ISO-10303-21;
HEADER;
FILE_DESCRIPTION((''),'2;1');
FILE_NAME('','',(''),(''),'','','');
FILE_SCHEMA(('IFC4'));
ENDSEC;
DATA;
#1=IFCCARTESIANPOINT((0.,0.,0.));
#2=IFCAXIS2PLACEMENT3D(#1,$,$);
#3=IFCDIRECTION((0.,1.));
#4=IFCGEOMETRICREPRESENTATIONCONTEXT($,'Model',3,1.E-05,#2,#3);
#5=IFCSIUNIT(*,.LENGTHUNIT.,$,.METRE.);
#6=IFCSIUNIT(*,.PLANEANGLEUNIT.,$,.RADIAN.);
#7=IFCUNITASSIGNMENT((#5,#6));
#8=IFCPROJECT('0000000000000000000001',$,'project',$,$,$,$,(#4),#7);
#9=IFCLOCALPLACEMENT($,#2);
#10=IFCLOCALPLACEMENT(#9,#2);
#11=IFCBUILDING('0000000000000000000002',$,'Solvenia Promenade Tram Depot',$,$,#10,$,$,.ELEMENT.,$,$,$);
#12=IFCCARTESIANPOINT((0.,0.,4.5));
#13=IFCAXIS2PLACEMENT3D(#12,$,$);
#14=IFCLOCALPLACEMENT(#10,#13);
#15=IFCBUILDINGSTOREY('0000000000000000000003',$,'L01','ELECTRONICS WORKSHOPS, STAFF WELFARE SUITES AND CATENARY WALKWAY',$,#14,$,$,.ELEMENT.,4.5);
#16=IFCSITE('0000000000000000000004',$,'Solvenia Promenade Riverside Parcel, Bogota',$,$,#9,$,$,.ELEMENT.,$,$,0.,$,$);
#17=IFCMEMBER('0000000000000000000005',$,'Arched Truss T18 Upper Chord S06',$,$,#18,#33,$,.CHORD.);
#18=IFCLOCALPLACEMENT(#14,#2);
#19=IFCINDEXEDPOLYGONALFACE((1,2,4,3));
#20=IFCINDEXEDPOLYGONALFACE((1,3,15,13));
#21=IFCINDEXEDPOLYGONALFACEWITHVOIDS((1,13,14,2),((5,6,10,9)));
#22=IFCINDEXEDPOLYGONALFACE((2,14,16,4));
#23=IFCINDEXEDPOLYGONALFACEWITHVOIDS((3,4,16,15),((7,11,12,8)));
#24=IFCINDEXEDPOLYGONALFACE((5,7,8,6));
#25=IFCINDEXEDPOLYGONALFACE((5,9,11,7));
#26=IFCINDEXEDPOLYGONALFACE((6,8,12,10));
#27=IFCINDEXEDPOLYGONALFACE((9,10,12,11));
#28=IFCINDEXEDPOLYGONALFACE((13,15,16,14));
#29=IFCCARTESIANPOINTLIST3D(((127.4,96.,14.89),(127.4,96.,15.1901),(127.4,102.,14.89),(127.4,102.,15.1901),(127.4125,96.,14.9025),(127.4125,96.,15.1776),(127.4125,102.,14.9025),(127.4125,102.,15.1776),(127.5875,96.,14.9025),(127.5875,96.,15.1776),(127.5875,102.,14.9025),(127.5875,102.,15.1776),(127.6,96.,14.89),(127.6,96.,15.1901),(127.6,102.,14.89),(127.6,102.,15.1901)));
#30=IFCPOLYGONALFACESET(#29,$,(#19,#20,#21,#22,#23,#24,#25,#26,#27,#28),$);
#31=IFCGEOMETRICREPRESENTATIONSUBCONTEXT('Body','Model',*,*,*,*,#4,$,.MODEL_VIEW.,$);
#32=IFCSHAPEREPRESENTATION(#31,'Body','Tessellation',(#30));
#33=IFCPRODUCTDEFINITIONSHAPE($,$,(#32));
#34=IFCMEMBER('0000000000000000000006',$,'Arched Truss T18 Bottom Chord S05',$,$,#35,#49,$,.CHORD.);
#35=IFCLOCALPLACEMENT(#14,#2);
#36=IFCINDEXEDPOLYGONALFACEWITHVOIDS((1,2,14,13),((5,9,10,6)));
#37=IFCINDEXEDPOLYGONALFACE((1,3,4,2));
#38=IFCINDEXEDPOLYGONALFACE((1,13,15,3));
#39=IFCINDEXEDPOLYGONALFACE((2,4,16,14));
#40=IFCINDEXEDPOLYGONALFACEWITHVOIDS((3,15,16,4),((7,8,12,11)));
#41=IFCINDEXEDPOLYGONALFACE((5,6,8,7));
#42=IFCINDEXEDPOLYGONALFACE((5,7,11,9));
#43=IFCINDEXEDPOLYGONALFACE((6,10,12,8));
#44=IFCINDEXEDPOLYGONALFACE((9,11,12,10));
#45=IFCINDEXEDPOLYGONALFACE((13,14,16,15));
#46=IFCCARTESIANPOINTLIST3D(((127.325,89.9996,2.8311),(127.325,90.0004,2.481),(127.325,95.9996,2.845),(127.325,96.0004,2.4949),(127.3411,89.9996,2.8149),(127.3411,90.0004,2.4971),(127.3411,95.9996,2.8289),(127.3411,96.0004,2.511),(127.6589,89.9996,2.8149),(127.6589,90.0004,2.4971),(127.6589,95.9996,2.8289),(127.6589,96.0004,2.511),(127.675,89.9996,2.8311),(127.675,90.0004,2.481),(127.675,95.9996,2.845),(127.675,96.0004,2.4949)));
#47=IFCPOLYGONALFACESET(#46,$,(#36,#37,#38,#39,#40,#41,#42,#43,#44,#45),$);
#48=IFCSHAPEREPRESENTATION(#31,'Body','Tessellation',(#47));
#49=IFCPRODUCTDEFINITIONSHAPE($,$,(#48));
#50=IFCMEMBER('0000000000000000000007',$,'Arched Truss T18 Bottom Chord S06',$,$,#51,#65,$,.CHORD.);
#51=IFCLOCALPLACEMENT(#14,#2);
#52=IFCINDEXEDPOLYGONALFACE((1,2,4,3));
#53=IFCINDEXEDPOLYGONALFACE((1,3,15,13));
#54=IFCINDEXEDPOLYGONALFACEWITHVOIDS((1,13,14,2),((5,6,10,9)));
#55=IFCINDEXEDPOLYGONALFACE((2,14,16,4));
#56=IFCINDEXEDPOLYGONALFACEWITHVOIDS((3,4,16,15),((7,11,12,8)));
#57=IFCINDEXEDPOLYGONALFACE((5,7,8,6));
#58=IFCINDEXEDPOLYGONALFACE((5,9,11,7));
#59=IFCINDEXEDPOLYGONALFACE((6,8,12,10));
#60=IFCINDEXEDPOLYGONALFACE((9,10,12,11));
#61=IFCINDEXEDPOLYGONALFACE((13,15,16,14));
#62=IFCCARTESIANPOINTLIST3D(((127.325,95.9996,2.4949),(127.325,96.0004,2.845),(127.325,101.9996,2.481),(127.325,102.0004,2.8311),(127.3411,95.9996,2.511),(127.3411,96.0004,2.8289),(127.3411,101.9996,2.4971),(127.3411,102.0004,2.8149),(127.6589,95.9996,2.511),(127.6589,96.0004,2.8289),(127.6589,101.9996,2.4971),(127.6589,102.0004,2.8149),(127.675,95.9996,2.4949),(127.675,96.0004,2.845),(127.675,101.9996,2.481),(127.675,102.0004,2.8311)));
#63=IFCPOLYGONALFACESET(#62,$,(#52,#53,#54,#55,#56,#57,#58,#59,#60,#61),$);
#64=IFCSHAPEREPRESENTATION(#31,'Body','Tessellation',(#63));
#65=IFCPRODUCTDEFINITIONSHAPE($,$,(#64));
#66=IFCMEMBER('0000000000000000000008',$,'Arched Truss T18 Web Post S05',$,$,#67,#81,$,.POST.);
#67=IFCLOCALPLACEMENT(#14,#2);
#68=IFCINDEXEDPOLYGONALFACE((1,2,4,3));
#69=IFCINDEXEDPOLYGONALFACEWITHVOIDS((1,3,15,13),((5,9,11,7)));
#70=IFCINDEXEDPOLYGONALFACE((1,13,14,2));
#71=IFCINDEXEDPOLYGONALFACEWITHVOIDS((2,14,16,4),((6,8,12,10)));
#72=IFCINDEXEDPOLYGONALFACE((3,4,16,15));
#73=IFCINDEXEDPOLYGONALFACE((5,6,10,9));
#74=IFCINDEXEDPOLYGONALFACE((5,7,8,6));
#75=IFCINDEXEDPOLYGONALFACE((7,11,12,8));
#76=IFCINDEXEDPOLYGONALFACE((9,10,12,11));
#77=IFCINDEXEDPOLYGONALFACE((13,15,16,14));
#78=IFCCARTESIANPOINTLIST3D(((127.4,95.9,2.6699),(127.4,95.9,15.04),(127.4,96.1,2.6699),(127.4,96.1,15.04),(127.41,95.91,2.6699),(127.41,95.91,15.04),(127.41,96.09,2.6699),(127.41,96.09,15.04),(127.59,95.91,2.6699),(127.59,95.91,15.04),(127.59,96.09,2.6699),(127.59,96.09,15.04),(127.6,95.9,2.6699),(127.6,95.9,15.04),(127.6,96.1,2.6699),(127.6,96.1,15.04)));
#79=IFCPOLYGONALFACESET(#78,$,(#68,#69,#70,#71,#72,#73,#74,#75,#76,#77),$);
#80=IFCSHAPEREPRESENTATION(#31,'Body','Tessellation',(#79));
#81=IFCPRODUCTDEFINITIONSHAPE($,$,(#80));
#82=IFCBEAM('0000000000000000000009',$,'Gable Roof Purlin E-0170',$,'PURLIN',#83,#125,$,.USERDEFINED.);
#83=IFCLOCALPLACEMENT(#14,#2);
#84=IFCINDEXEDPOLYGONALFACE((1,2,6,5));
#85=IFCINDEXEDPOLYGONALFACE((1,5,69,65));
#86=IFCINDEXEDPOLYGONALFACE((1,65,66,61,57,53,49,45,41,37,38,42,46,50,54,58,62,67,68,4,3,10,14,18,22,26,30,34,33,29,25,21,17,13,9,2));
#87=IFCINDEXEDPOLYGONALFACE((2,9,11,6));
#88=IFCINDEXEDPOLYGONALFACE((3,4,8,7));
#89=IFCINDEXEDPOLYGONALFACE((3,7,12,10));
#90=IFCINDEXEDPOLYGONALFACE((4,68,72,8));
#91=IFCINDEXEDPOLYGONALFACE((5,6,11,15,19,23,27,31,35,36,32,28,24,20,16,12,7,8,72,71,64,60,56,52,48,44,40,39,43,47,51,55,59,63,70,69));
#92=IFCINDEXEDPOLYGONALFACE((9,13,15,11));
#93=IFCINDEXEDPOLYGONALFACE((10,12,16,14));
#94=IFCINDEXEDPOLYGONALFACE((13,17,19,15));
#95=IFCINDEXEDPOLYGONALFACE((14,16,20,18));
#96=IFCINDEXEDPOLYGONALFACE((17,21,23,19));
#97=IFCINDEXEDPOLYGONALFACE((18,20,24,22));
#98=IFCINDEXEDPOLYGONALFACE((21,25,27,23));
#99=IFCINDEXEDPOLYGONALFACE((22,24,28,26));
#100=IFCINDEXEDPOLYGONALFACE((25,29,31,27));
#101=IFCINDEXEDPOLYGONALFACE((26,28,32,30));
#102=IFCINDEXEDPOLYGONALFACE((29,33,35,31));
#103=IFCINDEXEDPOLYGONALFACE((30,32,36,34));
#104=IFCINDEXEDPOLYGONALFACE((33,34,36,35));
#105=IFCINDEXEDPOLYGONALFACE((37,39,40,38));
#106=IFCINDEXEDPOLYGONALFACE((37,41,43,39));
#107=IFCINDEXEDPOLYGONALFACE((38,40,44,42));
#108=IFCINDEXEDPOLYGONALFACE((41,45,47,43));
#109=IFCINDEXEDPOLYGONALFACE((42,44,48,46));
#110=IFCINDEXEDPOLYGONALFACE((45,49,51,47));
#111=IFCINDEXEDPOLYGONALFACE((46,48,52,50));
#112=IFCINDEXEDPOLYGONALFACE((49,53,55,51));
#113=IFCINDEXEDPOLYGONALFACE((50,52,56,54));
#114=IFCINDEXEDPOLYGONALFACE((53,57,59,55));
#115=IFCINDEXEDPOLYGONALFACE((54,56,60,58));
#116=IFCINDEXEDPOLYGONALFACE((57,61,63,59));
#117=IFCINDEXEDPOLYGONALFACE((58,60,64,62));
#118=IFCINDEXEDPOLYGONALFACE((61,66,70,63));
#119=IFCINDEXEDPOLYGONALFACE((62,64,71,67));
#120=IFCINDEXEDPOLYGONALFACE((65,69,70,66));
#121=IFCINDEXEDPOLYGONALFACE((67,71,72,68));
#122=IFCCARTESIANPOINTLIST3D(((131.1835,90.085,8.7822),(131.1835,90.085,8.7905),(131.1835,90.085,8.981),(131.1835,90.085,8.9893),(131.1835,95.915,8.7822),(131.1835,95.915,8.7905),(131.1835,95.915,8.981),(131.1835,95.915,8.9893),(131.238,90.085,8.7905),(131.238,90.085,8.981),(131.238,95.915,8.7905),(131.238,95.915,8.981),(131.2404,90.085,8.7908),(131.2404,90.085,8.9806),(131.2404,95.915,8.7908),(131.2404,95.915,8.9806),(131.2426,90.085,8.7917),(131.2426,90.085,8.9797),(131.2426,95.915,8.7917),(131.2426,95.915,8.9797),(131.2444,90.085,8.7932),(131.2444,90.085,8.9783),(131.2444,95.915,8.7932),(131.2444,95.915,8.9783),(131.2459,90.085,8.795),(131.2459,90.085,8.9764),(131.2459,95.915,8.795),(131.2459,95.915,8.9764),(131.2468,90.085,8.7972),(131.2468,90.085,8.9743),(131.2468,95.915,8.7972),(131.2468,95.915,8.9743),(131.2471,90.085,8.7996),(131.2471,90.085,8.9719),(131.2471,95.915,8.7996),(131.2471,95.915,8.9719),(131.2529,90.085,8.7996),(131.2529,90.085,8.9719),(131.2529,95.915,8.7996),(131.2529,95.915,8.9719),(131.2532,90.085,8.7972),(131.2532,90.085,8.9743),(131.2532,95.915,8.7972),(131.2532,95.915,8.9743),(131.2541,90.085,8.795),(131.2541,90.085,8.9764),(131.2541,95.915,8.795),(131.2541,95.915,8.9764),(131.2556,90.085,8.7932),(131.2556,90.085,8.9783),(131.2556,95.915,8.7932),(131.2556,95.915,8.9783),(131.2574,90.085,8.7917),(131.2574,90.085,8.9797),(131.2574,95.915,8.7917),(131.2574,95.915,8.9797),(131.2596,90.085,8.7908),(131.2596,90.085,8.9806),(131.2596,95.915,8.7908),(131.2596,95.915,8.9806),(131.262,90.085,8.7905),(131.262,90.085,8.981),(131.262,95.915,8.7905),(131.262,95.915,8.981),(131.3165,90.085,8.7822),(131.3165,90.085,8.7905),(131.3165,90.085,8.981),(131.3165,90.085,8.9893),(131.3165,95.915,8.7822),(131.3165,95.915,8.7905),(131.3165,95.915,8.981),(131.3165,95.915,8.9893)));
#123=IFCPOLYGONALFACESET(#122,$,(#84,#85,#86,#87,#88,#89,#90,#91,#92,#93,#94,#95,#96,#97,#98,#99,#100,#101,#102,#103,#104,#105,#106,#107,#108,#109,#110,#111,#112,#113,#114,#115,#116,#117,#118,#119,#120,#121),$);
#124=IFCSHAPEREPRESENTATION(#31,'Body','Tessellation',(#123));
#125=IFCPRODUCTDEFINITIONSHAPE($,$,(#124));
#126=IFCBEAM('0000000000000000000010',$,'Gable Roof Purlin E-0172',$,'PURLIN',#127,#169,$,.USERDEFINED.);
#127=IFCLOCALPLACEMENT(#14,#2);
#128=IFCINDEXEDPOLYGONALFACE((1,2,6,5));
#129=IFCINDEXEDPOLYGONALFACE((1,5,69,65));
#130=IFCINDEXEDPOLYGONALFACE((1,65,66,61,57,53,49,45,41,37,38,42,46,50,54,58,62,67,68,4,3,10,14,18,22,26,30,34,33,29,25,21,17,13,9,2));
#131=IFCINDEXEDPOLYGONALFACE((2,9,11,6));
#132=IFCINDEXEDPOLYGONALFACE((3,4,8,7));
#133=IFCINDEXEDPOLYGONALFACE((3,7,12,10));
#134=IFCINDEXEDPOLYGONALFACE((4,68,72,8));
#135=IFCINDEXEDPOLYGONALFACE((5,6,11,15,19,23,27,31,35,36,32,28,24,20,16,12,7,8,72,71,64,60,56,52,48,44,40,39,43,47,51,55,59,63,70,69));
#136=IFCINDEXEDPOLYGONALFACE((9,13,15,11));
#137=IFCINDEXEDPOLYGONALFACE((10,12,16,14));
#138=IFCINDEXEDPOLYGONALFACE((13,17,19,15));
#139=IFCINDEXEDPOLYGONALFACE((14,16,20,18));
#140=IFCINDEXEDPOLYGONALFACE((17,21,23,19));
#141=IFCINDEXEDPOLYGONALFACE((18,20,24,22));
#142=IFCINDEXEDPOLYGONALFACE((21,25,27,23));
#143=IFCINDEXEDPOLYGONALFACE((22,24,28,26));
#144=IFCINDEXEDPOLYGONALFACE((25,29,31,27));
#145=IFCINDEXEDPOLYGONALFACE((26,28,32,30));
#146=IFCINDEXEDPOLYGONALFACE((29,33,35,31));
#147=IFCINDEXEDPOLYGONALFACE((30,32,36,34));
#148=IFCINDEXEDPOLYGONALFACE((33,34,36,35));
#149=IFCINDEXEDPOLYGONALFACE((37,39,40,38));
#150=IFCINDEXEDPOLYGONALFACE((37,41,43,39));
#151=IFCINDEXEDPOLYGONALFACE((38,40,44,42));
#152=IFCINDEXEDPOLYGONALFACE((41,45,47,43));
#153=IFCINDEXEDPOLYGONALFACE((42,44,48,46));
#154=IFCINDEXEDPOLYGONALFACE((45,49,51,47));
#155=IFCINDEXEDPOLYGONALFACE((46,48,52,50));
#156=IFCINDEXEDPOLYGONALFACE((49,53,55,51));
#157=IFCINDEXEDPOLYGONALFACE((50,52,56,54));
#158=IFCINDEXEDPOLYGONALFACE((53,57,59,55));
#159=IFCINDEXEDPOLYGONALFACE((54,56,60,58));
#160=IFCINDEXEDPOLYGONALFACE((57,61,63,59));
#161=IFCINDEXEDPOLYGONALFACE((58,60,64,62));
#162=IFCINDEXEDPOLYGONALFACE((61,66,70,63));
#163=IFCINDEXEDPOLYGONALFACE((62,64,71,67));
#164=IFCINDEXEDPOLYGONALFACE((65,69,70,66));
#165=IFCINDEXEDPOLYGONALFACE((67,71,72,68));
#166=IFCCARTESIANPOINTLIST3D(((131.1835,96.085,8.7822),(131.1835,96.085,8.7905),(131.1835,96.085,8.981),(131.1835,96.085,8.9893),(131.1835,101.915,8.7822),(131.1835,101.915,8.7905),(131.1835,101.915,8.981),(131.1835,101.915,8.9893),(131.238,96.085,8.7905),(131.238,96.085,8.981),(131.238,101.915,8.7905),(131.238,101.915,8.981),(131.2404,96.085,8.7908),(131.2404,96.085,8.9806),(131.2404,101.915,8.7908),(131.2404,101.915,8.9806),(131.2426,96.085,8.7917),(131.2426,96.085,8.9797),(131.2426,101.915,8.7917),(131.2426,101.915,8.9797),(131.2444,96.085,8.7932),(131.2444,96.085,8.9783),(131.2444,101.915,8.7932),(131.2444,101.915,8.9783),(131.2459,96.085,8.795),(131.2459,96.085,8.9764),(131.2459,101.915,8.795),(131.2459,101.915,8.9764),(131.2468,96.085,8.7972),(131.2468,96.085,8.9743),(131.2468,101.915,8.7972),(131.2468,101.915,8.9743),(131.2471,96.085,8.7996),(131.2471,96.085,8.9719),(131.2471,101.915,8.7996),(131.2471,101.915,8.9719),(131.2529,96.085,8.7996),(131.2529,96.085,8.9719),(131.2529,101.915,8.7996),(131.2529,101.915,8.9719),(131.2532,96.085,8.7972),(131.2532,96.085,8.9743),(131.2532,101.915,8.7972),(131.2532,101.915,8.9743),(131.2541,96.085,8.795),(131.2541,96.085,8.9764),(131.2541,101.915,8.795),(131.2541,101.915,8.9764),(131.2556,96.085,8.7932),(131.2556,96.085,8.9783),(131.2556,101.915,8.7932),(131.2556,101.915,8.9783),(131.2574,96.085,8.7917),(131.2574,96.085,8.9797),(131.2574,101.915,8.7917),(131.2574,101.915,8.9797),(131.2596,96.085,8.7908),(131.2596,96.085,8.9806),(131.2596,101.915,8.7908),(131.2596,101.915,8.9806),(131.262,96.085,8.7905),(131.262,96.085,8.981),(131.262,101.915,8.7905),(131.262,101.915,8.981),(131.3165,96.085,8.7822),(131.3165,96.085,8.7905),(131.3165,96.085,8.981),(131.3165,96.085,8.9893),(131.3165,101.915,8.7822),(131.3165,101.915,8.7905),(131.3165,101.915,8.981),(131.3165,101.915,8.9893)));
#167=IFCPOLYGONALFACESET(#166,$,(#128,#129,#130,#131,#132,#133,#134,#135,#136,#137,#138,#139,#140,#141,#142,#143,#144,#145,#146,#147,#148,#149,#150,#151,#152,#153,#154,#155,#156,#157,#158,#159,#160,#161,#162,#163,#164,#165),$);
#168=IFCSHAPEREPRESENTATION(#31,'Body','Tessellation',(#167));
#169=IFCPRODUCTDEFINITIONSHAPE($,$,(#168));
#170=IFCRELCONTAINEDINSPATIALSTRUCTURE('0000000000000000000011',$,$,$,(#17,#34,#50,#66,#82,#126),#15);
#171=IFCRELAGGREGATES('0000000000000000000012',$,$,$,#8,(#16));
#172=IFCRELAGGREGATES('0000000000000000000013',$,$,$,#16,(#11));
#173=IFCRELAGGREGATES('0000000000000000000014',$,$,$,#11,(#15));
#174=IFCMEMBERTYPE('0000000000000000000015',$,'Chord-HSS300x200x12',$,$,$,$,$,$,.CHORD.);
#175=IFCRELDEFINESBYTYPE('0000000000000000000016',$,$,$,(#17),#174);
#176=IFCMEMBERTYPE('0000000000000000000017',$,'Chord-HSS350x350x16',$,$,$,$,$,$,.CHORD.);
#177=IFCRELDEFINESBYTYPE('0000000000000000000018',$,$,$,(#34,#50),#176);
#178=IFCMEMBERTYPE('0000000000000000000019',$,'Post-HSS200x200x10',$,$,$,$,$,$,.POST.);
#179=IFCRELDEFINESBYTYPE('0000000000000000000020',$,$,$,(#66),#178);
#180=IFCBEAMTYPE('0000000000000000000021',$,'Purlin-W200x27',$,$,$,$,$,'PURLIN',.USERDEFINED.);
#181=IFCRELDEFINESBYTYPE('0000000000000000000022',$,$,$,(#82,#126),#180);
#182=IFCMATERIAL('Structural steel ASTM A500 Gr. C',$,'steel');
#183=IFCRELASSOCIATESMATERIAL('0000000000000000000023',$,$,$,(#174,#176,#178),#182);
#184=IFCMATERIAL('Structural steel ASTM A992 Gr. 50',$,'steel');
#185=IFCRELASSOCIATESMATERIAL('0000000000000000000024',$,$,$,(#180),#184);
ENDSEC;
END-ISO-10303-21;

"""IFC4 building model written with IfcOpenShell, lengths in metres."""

from ifc_helpers import new_model, si_unit, direction, frame, origin, origin_2d, place, context, subcontext, project, spatial, hollow_rectangle, i_section, extrude, material, material_profile, profile_set, type_object, element, save


model = new_model("IFC4")

# Units and contexts
model_context = context("Model", 3, precision=1e-05, world=origin(), true_north=direction((0.0, 1.0)))
body_context = subcontext(model_context, "Body", "Model", "MODEL_VIEW")
ifc_project = project(units=[si_unit("LENGTHUNIT", "METRE"), si_unit("PLANEANGLEUNIT", "RADIAN")], contexts=[model_context])

# Site, building, storey
site_placement = place(None, origin())
site = spatial("IfcSite", under=ifc_project, at=site_placement, Name="Solvenia Promenade Riverside Parcel, Bogota", CompositionType="ELEMENT", RefElevation=0.0)
building_placement = place(site_placement, origin())
building = spatial("IfcBuilding", under=site, at=building_placement, Name="Solvenia Promenade Tram Depot", CompositionType="ELEMENT")
storey_placement = place(building_placement, frame((0.0, 0.0, 4.5)))
storey = spatial("IfcBuildingStorey", under=building, at=storey_placement, Name="L01", Description="ELECTRONICS WORKSHOPS, STAFF WELFARE SUITES AND CATENARY WALKWAY", CompositionType="ELEMENT", Elevation=4.5)

# Members
ifc_material_1 = material(Name="Structural steel ASTM A500 Gr. C", Category="steel")
ifc_material_profile_1 = material_profile(ifc_material_1, hollow_rectangle(XDim=0.2, YDim=0.3, WallThickness=0.0125, at=origin_2d()), Name="HSS300x200x12.5", Category="steel")
ifc_profile_set_1 = profile_set([ifc_material_profile_1], Name="Structural steel ASTM A500 Gr. C")
member_type_1 = type_object("IfcMemberType", Name="Chord-HSS300x200x12", PredefinedType="CHORD", material=ifc_profile_set_1)
for number, where, z_axis, x_axis, name in (
    (1, (127.5, 96.0, 15.04), (0.0, 1.0, 0.0), (-1.0, 0.0, 0.0), "Arched Truss T18 Upper Chord S06"),
):
    element("IfcMember", number, at=place(storey_placement, frame(where, z_axis=z_axis, x_axis=x_axis)), inside=storey, type_object=member_type_1, Name=name, PredefinedType="CHORD", context=body_context, shape_type="SweptSolid", body=[
        extrude(hollow_rectangle(XDim=0.2, YDim=0.3, WallThickness=0.0125, at=origin_2d()), origin(), (0.0, 0.0, 1.0), 6.0),
    ])
ifc_material_profile_2 = material_profile(ifc_material_1, hollow_rectangle(XDim=0.3501, YDim=0.3501, WallThickness=0.0161, at=origin_2d()), Name="HSS350x350x16", Category="steel")
ifc_profile_set_2 = profile_set([ifc_material_profile_2], Name="Structural steel ASTM A500 Gr. C")
member_type_2 = type_object("IfcMemberType", Name="Chord-HSS350x350x16", PredefinedType="CHORD", material=ifc_profile_set_2)
for number, where, z_axis, x_axis, name in (
    (2, (127.5, 90.0, 2.656), (0.0, 0.999997, 0.002319), (-1.0, 0.0, 0.0), "Arched Truss T18 Bottom Chord S05"),
    (3, (127.5, 96.0, 2.6699), (0.0, 0.999997, -0.002319), (-1.0, 0.0, 0.0), "Arched Truss T18 Bottom Chord S06"),
):
    element("IfcMember", number, at=place(storey_placement, frame(where, z_axis=z_axis, x_axis=x_axis)), inside=storey, type_object=member_type_2, Name=name, PredefinedType="CHORD", context=body_context, shape_type="SweptSolid", body=[
        extrude(hollow_rectangle(XDim=0.3501, YDim=0.3501, WallThickness=0.0161, at=origin_2d()), origin(), (0.0, 0.0, 1.0), 6.0),
    ])
ifc_material_profile_3 = material_profile(ifc_material_1, hollow_rectangle(XDim=0.2, YDim=0.2, WallThickness=0.01, at=origin_2d()), Name="HSS200x200x10", Category="steel")
ifc_profile_set_3 = profile_set([ifc_material_profile_3], Name="Structural steel ASTM A500 Gr. C")
member_type_3 = type_object("IfcMemberType", Name="Post-HSS200x200x10", PredefinedType="POST", material=ifc_profile_set_3)
member_1_placement = place(storey_placement, frame((127.5, 96.0, 2.6699), z_axis=(0.0, 0.0, 1.0), x_axis=(1.0, 0.0, 0.0)))
element("IfcMember", 4, at=member_1_placement, inside=storey, type_object=member_type_3, Name="Arched Truss T18 Web Post S05", PredefinedType="POST", context=body_context, shape_type="SweptSolid", body=[
    extrude(hollow_rectangle(XDim=0.2, YDim=0.2, WallThickness=0.01, at=origin_2d()), origin(), (0.0, 0.0, 1.0), 12.3701),
])

# Beams
ifc_material_2 = material(Name="Structural steel ASTM A992 Gr. 50", Category="steel")
ifc_material_profile_4 = material_profile(ifc_material_2, i_section(OverallWidth=0.1331, OverallDepth=0.207, WebThickness=0.0059, FlangeThickness=0.0083, FilletRadius=0.009, at=origin_2d()), Name="W200x27", Category="steel")
ifc_profile_set_4 = profile_set([ifc_material_profile_4], Name="Structural steel ASTM A992 Gr. 50")
beam_type_1 = type_object("IfcBeamType", Name="Purlin-W200x27", ElementType="PURLIN", PredefinedType="USERDEFINED", material=ifc_profile_set_4)
for number, where, z_axis, x_axis, name in (
    (5, (131.25, 90.085, 8.8857), (0.0, 1.0, 0.0), (-1.0, 0.0, 0.0), "Gable Roof Purlin E-0170"),
    (6, (131.25, 96.085, 8.8857), (0.0, 1.0, 0.0), (-1.0, 0.0, 0.0), "Gable Roof Purlin E-0172"),
):
    element("IfcBeam", number, at=place(storey_placement, frame(where, z_axis=z_axis, x_axis=x_axis)), inside=storey, type_object=beam_type_1, Name=name, ObjectType="PURLIN", PredefinedType="USERDEFINED", context=body_context, shape_type="SweptSolid", body=[
        extrude(i_section(OverallWidth=0.1331, OverallDepth=0.207, WebThickness=0.0059, FlangeThickness=0.0083, FilletRadius=0.009, at=origin_2d()), origin(), (0.0, 0.0, 1.0), 5.8301),
    ])

save(model, "model.ifc")
